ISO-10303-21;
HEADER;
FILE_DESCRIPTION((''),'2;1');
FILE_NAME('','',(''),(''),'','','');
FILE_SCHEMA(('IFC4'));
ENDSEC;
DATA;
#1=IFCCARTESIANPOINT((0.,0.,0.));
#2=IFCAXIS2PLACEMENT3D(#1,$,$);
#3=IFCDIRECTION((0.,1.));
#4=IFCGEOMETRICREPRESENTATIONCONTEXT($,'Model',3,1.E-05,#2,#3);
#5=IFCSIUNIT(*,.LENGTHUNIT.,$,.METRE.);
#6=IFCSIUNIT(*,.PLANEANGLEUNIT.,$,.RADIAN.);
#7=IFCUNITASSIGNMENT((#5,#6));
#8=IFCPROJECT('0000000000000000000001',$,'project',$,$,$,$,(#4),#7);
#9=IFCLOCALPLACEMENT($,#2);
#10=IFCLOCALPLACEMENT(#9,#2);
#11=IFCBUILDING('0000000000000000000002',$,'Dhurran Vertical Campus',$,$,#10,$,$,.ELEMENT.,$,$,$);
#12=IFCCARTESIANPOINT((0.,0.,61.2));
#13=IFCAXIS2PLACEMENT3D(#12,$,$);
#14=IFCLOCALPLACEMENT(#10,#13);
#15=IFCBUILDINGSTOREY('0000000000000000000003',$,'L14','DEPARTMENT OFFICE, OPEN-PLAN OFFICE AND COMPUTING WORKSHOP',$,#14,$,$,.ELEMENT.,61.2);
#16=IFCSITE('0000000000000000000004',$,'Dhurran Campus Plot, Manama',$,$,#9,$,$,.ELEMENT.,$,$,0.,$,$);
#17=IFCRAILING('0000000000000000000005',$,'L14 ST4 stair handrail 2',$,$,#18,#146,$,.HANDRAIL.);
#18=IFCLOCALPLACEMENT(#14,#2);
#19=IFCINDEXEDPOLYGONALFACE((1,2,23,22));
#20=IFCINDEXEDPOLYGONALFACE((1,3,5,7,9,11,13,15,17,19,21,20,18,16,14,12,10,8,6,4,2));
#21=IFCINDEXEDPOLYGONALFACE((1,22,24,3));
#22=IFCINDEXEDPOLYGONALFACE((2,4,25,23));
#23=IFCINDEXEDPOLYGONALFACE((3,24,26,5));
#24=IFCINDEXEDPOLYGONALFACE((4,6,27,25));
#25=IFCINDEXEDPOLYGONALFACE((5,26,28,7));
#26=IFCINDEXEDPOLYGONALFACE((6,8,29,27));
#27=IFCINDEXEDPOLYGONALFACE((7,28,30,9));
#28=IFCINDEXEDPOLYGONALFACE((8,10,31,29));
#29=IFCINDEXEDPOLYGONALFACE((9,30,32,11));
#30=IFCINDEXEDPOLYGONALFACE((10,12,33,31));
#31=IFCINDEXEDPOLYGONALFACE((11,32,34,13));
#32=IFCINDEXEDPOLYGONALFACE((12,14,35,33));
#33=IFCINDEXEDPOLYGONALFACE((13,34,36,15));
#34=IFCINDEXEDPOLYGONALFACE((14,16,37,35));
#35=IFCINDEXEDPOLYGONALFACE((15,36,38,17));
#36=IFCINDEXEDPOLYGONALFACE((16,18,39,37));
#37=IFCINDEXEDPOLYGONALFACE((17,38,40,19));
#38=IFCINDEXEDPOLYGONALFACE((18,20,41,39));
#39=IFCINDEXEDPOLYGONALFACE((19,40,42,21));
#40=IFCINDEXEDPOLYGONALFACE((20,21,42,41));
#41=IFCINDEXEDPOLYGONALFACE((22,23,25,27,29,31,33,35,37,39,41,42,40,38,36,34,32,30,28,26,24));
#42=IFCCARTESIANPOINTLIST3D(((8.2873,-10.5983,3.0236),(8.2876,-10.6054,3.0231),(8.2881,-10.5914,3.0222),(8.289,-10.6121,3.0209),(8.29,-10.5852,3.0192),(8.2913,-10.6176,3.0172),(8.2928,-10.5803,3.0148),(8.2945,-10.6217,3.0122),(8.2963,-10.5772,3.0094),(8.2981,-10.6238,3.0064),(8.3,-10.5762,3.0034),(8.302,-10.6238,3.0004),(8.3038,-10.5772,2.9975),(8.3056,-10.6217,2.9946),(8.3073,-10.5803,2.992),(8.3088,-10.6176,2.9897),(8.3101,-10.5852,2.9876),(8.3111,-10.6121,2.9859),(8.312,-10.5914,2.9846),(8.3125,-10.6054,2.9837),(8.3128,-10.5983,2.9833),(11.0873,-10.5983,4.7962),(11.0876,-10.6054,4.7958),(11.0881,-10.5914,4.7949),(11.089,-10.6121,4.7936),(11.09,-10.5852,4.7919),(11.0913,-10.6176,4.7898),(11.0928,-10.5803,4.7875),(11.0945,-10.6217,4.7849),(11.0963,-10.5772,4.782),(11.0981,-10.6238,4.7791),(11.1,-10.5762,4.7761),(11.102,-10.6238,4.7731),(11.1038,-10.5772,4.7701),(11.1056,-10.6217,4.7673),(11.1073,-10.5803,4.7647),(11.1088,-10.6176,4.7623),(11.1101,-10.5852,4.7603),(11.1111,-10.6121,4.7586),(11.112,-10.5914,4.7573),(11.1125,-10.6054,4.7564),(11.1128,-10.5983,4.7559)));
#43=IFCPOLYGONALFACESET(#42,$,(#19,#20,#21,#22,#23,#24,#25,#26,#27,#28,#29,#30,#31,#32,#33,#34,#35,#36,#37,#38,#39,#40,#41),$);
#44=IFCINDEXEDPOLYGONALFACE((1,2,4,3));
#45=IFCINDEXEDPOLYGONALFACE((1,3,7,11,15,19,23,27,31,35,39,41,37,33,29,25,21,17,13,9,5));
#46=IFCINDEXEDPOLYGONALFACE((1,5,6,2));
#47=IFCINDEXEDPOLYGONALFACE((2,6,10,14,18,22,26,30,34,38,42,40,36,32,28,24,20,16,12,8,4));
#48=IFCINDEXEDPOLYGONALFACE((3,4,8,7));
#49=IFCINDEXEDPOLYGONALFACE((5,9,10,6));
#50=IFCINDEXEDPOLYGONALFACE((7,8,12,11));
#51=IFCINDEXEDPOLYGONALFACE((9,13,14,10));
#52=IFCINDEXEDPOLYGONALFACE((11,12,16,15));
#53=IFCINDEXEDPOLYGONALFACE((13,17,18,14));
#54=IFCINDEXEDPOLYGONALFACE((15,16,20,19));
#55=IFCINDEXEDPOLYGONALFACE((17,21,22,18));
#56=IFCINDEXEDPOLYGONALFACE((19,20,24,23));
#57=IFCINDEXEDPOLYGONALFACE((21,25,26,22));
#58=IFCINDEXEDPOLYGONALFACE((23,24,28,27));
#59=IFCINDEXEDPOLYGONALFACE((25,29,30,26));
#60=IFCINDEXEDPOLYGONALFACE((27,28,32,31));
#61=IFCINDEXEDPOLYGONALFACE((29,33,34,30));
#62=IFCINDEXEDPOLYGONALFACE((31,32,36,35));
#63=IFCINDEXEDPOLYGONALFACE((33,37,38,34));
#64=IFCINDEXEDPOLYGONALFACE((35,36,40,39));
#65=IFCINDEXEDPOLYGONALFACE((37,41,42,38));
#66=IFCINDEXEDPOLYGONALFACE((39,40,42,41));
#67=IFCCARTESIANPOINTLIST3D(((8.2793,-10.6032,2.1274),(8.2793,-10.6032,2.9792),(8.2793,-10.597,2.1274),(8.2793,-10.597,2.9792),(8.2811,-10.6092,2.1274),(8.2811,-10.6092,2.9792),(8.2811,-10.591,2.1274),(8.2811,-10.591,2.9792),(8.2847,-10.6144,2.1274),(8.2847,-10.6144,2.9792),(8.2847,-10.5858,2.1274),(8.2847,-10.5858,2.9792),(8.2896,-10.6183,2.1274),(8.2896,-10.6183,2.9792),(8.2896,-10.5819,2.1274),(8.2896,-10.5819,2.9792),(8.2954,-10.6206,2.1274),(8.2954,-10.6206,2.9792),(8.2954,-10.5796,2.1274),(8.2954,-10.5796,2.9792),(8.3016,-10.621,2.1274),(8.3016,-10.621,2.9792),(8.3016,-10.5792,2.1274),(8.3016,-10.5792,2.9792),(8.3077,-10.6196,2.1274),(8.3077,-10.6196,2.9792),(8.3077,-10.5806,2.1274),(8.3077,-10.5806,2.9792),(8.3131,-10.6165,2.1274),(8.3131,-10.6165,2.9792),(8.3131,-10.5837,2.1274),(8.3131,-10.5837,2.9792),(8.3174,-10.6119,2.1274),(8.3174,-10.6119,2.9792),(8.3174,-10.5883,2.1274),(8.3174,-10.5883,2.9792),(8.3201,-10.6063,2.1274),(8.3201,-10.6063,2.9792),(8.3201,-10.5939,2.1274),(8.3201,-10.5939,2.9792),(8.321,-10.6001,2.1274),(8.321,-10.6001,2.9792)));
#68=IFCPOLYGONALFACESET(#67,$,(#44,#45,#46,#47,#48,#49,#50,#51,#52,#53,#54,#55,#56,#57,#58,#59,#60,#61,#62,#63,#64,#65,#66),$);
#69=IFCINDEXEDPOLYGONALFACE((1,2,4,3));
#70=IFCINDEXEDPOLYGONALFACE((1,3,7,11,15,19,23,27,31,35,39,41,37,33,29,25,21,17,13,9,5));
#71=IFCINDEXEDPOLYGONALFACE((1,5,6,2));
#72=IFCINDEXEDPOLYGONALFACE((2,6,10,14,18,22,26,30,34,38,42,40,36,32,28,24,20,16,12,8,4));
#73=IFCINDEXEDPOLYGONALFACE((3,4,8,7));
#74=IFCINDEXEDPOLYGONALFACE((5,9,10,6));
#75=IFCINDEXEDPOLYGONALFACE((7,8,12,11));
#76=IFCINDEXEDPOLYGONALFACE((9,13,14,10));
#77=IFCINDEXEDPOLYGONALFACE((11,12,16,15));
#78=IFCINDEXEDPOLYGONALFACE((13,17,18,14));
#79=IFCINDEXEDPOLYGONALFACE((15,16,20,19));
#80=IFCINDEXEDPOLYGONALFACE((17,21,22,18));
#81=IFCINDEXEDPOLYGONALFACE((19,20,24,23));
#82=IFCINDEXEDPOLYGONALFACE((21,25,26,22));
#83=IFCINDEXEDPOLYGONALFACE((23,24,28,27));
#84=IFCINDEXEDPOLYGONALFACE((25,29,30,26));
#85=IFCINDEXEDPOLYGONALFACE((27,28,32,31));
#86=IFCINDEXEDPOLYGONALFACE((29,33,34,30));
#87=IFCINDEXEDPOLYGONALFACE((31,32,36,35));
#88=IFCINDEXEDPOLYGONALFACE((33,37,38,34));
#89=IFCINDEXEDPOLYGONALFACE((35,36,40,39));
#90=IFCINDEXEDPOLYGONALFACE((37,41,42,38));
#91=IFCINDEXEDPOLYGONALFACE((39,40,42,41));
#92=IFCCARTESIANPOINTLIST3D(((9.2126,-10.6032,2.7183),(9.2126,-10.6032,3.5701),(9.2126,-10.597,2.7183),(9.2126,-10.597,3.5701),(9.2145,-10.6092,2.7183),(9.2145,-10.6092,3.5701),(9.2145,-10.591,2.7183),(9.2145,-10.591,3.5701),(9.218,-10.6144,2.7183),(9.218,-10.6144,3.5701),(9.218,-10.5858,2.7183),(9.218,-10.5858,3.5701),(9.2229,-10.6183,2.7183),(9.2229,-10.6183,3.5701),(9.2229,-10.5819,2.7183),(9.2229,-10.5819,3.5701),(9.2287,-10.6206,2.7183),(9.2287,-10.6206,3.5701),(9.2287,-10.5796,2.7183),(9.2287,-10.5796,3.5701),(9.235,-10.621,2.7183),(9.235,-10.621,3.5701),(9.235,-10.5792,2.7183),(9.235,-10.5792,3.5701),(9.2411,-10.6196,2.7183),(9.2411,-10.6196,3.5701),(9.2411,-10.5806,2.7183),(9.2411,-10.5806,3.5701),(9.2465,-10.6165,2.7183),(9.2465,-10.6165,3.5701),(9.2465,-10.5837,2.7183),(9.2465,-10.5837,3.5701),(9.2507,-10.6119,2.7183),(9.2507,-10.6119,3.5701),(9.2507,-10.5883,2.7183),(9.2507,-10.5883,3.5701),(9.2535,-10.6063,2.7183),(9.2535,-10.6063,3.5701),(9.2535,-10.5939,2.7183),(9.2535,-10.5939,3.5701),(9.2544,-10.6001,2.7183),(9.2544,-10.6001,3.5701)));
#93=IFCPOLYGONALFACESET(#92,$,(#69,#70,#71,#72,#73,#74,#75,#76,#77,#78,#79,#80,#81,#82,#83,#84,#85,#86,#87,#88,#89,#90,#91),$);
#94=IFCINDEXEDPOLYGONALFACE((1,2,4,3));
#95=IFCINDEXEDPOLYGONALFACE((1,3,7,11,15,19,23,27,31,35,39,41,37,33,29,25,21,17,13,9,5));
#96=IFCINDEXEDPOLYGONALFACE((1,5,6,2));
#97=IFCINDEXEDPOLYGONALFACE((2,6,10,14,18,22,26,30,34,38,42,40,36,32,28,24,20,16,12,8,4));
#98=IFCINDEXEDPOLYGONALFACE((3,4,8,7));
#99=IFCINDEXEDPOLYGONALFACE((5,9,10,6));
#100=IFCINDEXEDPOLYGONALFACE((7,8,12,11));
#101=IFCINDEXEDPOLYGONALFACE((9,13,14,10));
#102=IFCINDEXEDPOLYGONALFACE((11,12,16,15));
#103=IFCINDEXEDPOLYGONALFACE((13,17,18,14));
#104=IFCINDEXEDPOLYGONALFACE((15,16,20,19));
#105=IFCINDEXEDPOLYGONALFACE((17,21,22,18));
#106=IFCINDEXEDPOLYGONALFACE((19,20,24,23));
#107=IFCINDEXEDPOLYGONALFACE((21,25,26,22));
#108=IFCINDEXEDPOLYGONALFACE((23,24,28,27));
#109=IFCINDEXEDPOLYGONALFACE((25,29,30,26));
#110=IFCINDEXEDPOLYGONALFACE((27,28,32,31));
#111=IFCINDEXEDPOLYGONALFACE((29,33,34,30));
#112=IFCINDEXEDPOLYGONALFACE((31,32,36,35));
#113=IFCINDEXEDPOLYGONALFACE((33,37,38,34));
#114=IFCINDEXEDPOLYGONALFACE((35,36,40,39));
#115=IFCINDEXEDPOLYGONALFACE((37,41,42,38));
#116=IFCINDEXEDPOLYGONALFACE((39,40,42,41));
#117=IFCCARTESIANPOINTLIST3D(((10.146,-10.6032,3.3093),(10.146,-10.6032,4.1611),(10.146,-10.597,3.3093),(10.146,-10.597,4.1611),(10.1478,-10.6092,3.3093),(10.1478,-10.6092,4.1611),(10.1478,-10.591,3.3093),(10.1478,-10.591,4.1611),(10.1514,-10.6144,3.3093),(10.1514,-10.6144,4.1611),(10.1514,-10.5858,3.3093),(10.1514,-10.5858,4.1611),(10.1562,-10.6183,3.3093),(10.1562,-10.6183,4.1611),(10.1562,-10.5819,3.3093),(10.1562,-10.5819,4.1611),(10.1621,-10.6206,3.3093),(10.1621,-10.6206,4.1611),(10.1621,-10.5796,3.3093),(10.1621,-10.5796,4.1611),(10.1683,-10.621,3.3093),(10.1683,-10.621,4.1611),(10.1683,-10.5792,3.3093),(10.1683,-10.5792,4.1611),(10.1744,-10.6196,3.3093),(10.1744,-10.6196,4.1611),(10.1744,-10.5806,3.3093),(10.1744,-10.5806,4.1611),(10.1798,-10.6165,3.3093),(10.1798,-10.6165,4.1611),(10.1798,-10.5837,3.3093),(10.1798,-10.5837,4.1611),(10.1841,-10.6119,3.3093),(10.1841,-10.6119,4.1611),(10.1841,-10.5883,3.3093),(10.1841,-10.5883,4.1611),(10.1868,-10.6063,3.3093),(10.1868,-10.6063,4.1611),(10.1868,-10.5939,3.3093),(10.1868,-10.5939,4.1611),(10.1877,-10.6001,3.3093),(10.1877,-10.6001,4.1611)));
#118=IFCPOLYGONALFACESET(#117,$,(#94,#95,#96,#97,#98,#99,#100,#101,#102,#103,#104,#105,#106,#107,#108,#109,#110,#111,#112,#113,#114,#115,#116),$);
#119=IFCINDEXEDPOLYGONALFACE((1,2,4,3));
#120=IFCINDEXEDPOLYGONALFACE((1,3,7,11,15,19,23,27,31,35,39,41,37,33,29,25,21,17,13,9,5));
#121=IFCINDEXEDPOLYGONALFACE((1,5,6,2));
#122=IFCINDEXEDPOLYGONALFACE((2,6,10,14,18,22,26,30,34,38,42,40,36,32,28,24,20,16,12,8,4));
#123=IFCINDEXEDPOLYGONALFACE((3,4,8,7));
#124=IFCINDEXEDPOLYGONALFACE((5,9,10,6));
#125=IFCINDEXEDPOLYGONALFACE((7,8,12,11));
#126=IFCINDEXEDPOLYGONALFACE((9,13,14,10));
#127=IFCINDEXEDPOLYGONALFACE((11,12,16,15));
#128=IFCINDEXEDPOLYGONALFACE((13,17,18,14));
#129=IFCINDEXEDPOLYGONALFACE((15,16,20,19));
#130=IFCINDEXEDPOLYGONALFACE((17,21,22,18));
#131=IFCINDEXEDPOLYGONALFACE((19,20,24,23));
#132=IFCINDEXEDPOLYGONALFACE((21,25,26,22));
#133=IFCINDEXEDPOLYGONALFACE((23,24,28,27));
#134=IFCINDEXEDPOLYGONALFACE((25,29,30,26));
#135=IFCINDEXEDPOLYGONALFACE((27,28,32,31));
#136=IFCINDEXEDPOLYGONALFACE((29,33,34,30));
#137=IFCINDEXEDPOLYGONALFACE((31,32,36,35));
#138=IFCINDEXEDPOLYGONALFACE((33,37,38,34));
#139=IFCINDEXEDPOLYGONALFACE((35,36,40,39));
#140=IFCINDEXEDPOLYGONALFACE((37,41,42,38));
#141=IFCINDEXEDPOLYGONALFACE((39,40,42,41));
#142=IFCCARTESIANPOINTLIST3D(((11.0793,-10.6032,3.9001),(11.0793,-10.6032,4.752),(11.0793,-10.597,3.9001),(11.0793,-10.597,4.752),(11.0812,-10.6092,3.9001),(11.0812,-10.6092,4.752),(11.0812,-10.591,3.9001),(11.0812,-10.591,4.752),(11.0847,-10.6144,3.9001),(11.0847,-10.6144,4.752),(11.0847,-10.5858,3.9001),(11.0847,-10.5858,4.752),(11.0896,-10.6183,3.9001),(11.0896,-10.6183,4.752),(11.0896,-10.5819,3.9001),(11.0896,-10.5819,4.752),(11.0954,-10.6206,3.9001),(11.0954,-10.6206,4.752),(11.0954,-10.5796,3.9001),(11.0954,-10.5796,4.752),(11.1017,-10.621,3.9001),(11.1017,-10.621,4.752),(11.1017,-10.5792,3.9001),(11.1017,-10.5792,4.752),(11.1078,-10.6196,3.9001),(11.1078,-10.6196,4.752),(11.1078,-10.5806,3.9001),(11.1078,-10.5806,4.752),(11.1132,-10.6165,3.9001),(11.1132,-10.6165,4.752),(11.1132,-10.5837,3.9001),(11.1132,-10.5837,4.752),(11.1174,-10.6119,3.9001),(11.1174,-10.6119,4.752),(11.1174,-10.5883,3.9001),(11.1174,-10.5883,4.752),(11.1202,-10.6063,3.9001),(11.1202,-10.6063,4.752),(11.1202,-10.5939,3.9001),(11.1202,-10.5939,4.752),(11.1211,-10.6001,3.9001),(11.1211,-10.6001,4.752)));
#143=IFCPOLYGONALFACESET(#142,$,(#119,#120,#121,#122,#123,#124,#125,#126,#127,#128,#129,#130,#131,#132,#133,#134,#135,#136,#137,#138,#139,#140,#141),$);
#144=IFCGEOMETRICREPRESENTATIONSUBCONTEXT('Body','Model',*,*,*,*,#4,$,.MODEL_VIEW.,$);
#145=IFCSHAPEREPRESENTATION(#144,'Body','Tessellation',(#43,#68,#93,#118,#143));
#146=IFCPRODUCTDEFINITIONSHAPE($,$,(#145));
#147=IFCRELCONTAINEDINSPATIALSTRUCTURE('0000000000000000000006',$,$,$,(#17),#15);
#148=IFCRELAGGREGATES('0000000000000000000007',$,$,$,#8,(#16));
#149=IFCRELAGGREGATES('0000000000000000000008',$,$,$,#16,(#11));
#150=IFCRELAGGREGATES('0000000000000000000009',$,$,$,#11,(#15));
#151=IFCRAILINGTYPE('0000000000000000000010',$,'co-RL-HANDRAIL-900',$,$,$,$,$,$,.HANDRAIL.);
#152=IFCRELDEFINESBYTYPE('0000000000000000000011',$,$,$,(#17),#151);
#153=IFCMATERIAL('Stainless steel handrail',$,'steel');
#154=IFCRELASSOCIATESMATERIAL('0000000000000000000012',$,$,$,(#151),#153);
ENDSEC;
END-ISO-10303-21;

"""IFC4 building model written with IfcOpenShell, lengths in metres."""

from ifc_helpers import new_model, si_unit, direction, frame, origin, origin_2d, place, context, subcontext, project, spatial, circle, extrude, material, type_object, element, save


model = new_model("IFC4")

# Units and contexts
model_context = context("Model", 3, precision=1e-05, world=origin(), true_north=direction((0.0, 1.0)))
body_context = subcontext(model_context, "Body", "Model", "MODEL_VIEW")
ifc_project = project(units=[si_unit("LENGTHUNIT", "METRE"), si_unit("PLANEANGLEUNIT", "RADIAN")], contexts=[model_context])

# Site, building, storey
site_placement = place(None, origin())
site = spatial("IfcSite", under=ifc_project, at=site_placement, Name="Dhurran Campus Plot, Manama", CompositionType="ELEMENT", RefElevation=0.0)
building_placement = place(site_placement, origin())
building = spatial("IfcBuilding", under=site, at=building_placement, Name="Dhurran Vertical Campus", CompositionType="ELEMENT")
storey_placement = place(building_placement, frame((0.0, 0.0, 61.2)))
storey = spatial("IfcBuildingStorey", under=building, at=storey_placement, Name="L14", Description="DEPARTMENT OFFICE, OPEN-PLAN OFFICE AND COMPUTING WORKSHOP", CompositionType="ELEMENT", Elevation=61.2)

# Railing
ifc_material_1 = material(Name="Stainless steel handrail", Category="steel")
railing_type_1 = type_object("IfcRailingType", Name="co-RL-HANDRAIL-900", PredefinedType="HANDRAIL", material=ifc_material_1)
railing_1_placement = place(storey_placement, frame((8.3, -10.6001, 2.1274)))
element("IfcRailing", 1, at=railing_1_placement, inside=storey, type_object=railing_type_1, Name="L14 ST4 stair handrail 2", PredefinedType="HANDRAIL", context=body_context, shape_type="SweptSolid", body=[
    extrude(circle(Radius=0.0239, at=origin_2d()), frame((0.0, 0.0, 0.876), z_axis=(0.844909, 0.0, 0.53491), x_axis=(0.0, 1.0, 0.0)), (0.0, 0.0, 1.0), 3.314),
    extrude(circle(Radius=0.021, at=origin_2d()), origin(), (0.0, 0.0, 1.0), 0.8518),
    extrude(circle(Radius=0.021, at=origin_2d()), frame((0.9333, 0.0, 0.5908)), (0.0, 0.0, 1.0), 0.8518),
    extrude(circle(Radius=0.021, at=origin_2d()), frame((1.8667, 0.0, 1.1819)), (0.0, 0.0, 1.0), 0.8518),
    extrude(circle(Radius=0.021, at=origin_2d()), frame((2.8, 0.0, 1.7727)), (0.0, 0.0, 1.0), 0.8518),
])

save(model, "model.ifc")
